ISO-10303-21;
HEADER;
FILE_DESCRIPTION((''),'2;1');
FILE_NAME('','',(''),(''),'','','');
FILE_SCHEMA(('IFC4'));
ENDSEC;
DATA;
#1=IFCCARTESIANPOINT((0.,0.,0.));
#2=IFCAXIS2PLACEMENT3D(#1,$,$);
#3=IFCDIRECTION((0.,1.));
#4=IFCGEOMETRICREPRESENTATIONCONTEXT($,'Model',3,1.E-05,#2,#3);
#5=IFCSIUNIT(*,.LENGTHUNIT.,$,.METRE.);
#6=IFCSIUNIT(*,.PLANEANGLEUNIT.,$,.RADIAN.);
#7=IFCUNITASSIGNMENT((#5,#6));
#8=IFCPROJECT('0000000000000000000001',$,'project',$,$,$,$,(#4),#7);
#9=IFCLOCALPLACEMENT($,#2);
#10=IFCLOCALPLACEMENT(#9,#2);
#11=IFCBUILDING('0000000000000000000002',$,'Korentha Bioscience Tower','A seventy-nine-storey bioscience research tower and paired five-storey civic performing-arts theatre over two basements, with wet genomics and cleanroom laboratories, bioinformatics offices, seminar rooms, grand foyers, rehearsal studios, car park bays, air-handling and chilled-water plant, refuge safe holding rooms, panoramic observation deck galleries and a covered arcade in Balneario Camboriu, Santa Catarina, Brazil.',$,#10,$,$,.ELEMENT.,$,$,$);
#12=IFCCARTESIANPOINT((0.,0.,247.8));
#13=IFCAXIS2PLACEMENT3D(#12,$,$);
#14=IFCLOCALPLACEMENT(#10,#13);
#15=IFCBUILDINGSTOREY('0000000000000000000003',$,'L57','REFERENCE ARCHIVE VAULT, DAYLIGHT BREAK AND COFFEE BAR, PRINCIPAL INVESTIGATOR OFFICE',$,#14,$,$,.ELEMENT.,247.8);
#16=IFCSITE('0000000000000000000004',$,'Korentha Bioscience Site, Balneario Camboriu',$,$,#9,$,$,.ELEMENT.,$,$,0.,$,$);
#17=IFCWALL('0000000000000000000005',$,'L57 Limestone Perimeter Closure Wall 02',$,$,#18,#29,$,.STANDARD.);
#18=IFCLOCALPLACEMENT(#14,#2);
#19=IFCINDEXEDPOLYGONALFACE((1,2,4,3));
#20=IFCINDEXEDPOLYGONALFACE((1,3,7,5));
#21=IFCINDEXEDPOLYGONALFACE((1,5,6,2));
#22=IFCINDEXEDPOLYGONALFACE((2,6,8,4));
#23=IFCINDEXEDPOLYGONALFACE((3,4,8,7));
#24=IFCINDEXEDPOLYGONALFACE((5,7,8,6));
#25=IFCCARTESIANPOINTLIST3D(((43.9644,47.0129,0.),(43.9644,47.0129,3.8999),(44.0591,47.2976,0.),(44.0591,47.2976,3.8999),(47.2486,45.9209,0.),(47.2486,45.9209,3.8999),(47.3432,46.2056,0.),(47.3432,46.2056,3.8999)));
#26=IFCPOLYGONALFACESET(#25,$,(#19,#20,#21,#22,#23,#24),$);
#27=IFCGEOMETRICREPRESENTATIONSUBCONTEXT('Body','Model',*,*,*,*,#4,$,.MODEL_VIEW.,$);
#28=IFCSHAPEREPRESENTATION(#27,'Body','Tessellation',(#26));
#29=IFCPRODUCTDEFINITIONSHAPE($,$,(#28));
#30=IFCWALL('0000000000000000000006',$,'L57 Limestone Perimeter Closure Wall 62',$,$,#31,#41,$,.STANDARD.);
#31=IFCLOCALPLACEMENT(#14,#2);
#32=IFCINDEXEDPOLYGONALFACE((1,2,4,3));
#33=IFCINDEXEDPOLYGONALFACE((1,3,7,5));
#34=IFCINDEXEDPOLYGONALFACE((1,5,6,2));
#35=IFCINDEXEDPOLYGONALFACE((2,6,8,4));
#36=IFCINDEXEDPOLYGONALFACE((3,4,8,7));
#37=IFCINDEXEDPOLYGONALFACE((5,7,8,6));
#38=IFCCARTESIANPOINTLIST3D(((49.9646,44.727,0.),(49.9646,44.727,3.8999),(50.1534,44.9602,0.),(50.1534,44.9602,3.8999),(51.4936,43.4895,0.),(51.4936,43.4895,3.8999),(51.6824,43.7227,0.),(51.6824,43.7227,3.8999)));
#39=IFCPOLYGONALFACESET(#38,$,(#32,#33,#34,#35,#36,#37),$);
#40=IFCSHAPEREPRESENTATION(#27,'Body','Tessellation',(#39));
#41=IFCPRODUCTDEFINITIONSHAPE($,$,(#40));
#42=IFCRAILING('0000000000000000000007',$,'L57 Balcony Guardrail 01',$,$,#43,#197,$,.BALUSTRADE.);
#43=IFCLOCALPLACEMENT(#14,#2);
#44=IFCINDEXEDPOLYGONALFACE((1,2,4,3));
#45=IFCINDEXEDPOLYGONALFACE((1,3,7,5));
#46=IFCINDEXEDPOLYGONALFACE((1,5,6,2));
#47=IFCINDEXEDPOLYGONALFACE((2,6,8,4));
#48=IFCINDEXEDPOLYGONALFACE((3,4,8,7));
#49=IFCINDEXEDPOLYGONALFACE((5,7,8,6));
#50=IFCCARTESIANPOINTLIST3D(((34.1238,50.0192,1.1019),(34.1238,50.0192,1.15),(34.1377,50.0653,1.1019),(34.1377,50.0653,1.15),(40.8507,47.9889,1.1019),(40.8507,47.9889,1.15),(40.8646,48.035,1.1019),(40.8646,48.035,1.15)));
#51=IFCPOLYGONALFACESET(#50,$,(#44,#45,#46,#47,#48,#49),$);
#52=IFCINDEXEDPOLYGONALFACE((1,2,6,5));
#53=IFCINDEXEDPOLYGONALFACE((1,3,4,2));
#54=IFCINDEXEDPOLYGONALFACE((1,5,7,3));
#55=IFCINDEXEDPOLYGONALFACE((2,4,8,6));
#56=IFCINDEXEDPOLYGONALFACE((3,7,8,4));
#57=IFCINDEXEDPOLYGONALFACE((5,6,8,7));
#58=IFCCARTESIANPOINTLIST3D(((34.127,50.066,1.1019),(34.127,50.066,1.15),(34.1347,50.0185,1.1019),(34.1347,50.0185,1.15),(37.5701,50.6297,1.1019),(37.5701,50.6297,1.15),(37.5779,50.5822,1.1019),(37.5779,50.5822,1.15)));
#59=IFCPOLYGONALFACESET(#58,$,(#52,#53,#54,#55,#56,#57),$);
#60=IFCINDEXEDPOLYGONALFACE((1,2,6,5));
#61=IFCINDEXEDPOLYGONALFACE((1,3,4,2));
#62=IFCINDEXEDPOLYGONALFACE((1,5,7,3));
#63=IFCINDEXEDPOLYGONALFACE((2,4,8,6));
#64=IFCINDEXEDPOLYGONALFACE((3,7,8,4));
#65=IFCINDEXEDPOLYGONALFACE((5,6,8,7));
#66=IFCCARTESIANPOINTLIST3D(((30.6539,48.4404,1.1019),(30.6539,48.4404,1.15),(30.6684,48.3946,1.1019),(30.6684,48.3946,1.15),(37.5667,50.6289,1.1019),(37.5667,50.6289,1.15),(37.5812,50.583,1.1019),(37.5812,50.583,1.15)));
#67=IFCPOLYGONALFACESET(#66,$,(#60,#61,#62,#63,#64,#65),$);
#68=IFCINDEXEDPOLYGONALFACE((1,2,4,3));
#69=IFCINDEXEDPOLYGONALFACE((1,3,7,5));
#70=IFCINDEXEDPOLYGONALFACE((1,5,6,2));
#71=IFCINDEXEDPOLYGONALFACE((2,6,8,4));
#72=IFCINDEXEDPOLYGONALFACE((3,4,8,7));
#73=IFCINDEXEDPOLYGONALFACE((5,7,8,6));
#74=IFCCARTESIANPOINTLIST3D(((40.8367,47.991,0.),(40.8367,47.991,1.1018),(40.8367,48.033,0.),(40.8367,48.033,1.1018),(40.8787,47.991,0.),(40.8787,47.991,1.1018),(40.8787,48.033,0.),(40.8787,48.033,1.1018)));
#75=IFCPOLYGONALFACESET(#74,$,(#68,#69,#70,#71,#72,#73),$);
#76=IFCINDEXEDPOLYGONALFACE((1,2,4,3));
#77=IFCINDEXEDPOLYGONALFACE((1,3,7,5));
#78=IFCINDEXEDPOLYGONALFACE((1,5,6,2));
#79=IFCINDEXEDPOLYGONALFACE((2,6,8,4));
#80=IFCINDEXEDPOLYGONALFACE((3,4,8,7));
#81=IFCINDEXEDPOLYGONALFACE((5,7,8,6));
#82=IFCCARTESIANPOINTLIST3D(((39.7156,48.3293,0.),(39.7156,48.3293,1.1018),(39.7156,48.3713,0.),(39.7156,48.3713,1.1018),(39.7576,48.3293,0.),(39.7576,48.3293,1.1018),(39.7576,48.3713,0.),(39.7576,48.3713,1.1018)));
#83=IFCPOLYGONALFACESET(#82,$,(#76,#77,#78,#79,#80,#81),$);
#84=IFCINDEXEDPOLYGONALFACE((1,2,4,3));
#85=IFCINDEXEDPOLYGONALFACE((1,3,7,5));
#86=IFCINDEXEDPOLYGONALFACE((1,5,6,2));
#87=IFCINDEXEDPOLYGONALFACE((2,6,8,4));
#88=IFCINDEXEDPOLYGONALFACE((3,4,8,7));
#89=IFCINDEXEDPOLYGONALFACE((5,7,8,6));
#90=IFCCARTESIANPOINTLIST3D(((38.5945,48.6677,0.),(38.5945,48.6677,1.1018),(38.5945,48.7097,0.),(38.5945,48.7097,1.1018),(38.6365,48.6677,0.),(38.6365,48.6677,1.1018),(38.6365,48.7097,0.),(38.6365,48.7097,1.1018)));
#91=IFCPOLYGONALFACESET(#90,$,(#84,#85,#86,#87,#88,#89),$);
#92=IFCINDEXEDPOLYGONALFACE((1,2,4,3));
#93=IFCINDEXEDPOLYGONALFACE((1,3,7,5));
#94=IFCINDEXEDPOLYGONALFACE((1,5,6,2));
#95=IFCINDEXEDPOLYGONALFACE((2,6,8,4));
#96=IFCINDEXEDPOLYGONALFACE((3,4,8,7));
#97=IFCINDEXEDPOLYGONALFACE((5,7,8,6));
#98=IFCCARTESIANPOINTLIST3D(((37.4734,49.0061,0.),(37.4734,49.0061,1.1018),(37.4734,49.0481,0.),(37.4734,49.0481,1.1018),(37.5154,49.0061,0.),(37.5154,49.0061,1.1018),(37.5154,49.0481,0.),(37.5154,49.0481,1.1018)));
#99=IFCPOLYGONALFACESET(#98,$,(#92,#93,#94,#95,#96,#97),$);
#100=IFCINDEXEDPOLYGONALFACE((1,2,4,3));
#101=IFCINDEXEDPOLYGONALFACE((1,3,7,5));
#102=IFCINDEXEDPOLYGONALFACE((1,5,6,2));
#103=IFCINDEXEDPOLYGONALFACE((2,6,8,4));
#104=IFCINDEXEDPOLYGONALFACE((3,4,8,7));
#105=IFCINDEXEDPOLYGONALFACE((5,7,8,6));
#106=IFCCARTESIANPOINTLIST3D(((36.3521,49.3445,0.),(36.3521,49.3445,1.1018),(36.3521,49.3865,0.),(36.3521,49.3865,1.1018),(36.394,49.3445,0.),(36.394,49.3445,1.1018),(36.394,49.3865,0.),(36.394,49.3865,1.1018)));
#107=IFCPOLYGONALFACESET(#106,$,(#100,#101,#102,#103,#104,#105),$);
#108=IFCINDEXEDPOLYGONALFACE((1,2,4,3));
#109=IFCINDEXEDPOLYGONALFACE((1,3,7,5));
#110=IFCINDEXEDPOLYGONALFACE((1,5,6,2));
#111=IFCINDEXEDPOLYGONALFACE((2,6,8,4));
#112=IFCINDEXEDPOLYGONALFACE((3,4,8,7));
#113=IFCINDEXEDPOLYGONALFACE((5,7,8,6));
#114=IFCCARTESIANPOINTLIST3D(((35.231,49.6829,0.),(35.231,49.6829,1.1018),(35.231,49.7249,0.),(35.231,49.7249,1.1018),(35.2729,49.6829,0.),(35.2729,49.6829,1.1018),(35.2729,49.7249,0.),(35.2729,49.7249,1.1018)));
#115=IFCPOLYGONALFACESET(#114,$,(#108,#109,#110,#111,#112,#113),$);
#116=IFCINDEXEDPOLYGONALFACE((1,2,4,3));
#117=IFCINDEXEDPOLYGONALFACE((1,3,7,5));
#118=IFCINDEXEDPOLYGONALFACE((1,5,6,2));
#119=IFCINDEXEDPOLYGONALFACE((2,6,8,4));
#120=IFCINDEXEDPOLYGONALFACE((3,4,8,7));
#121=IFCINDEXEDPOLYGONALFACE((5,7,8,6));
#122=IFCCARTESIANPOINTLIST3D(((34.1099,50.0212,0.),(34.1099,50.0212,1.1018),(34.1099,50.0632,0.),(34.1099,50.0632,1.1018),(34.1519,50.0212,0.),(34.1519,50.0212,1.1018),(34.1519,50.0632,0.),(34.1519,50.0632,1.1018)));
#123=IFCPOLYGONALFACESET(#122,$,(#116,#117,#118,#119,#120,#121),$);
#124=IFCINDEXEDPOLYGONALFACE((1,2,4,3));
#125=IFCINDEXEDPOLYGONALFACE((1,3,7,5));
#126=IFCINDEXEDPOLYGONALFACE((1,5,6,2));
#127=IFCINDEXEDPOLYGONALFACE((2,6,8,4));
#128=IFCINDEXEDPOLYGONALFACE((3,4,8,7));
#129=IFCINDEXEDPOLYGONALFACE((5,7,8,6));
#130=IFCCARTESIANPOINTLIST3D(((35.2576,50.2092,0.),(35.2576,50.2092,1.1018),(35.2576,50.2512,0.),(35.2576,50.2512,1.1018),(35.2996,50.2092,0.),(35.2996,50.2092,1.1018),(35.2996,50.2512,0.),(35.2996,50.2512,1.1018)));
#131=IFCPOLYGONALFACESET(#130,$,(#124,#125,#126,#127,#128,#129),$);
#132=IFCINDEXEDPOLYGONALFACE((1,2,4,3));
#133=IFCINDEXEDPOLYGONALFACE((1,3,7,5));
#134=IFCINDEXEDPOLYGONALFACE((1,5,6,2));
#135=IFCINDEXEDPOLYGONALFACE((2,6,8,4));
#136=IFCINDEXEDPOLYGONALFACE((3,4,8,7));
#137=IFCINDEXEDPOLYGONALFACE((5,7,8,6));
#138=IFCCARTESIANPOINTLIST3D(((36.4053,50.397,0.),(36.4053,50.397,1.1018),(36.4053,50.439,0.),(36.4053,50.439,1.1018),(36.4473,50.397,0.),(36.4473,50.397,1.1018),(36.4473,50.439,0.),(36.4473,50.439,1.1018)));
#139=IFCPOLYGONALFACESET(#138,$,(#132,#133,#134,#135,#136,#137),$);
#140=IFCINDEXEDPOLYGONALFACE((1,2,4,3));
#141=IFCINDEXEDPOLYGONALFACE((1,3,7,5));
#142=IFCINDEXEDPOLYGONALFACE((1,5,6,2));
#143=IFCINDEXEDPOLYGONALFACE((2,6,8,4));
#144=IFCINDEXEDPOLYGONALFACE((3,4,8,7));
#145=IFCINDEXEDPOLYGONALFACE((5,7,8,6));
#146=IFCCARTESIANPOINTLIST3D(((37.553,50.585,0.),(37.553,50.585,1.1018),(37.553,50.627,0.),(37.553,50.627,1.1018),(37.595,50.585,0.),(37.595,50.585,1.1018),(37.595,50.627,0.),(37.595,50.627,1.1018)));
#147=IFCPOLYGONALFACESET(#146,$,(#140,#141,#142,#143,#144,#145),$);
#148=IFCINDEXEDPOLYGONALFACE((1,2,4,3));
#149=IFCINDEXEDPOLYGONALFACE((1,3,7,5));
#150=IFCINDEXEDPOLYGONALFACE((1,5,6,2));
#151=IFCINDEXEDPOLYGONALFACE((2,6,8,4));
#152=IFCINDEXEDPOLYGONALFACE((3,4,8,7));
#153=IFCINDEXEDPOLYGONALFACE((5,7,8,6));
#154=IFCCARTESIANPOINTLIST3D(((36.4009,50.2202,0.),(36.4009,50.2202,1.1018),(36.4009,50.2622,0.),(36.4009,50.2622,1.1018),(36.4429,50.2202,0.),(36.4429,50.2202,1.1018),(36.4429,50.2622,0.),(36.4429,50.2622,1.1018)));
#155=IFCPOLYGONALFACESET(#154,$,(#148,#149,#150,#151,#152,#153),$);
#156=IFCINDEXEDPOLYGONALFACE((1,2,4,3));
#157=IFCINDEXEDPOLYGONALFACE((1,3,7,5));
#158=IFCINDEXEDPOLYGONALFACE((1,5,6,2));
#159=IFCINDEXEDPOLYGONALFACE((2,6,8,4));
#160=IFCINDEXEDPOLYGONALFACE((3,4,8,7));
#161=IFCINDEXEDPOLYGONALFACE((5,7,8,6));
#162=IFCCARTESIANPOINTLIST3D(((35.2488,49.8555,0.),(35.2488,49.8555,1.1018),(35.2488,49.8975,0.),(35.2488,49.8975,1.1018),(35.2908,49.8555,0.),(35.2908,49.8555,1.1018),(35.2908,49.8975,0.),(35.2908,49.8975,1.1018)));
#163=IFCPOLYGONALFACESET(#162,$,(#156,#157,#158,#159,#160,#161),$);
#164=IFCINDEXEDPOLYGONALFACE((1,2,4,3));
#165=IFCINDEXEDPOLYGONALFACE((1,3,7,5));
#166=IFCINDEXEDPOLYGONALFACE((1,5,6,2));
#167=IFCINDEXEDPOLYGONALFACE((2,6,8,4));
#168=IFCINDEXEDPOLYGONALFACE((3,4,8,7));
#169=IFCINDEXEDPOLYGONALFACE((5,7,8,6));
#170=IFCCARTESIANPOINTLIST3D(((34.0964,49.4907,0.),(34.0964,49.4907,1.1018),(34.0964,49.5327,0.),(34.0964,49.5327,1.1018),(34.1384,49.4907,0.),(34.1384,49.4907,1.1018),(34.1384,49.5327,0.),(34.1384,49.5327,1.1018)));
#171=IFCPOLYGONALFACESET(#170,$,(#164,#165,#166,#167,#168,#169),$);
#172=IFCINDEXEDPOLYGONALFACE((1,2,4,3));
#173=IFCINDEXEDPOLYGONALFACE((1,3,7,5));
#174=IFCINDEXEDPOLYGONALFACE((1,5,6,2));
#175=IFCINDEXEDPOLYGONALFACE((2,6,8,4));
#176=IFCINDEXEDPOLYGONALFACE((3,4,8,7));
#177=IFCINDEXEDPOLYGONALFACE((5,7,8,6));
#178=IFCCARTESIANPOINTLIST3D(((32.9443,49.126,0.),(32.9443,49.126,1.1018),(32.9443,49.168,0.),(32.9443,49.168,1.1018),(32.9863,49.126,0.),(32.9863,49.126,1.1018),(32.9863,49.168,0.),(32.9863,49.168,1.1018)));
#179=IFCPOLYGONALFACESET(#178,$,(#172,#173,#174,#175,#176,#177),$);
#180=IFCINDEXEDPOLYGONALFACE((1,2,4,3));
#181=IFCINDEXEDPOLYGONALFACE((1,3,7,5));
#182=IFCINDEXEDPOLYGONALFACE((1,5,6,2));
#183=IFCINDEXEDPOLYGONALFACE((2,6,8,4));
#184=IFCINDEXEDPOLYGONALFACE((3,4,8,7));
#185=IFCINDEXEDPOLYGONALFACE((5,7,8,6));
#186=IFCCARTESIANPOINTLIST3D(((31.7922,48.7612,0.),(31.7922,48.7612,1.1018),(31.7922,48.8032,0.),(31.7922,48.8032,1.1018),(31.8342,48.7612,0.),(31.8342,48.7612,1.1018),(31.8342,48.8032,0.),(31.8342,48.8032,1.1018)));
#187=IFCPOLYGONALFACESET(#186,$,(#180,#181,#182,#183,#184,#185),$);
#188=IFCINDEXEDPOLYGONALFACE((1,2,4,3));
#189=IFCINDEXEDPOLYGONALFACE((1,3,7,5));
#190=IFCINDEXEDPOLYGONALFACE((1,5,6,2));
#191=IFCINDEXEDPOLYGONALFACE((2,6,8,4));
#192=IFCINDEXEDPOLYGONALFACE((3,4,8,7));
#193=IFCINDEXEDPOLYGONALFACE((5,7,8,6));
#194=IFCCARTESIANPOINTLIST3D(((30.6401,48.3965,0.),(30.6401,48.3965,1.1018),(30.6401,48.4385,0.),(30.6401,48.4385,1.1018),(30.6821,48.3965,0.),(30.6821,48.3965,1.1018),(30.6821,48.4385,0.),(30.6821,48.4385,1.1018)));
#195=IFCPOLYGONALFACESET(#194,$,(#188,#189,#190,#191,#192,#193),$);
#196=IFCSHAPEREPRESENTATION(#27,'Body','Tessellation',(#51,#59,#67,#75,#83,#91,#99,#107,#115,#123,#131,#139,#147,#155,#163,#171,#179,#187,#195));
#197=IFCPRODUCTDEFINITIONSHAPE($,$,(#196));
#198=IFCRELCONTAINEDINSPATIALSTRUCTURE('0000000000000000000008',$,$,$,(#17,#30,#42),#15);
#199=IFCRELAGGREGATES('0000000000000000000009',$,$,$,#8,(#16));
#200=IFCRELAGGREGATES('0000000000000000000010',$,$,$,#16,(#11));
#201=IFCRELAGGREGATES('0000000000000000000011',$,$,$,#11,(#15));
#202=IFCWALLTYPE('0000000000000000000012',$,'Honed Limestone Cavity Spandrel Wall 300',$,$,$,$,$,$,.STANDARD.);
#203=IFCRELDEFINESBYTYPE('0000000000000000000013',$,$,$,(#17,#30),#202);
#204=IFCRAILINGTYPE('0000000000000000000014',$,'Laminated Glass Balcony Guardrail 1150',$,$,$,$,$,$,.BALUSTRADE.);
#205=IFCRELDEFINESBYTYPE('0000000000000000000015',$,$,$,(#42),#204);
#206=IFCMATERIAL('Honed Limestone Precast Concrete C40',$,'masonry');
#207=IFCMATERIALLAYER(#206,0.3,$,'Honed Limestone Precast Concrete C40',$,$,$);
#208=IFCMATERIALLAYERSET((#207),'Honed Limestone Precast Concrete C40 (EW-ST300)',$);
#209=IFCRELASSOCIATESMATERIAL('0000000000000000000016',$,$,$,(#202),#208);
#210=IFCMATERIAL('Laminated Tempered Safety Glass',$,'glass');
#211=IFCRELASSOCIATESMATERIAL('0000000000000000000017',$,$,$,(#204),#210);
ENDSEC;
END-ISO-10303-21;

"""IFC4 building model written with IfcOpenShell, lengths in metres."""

from ifc_helpers import new_model, si_unit, direction, frame, frame_2d, origin, origin_2d, place, context, subcontext, project, spatial, rectangle, extrude, material, layer, layer_set, type_object, element, save


model = new_model("IFC4")

# Units and contexts
model_context = context("Model", 3, precision=1e-05, world=origin(), true_north=direction((0.0, 1.0)))
body_context = subcontext(model_context, "Body", "Model", "MODEL_VIEW")
ifc_project = project(units=[si_unit("LENGTHUNIT", "METRE"), si_unit("PLANEANGLEUNIT", "RADIAN")], contexts=[model_context])

# Site, building, storey
site_placement = place(None, origin())
site = spatial("IfcSite", under=ifc_project, at=site_placement, Name="Korentha Bioscience Site, Balneario Camboriu", CompositionType="ELEMENT", RefElevation=0.0)
building_placement = place(site_placement, origin())
building = spatial("IfcBuilding", under=site, at=building_placement, Name="Korentha Bioscience Tower", Description="A seventy-nine-storey bioscience research tower and paired five-storey civic performing-arts theatre over two basements, with wet genomics and cleanroom laboratories, bioinformatics offices, seminar rooms, grand foyers, rehearsal studios, car park bays, air-handling and chilled-water plant, refuge safe holding rooms, panoramic observation deck galleries and a covered arcade in Balneario Camboriu, Santa Catarina, Brazil.", CompositionType="ELEMENT")
storey_placement = place(building_placement, frame((0.0, 0.0, 247.8)))
storey = spatial("IfcBuildingStorey", under=building, at=storey_placement, Name="L57", Description="REFERENCE ARCHIVE VAULT, DAYLIGHT BREAK AND COFFEE BAR, PRINCIPAL INVESTIGATOR OFFICE", CompositionType="ELEMENT", Elevation=247.8)

# Shared definitions
ifc_material_1 = material(Name="Honed Limestone Precast Concrete C40", Category="masonry")
ifc_layer_1 = layer(ifc_material_1, 0.3, Name="Honed Limestone Precast Concrete C40")
ifc_layer_set_1 = layer_set([ifc_layer_1], Name="Honed Limestone Precast Concrete C40 (EW-ST300)")
wall_type = type_object("IfcWallType", Name="Honed Limestone Cavity Spandrel Wall 300", PredefinedType="STANDARD", material=ifc_layer_set_1)

# Walls
wall_1_placement = place(storey_placement, frame((47.2959, 46.0632, 0.0), z_axis=(0.0, 0.0, 1.0), x_axis=(-0.948916, 0.315529, 0.0)))
element("IfcWall", 1, at=wall_1_placement, inside=storey, type_object=wall_type, Name="L57 Limestone Perimeter Closure Wall 02", PredefinedType="STANDARD", context=body_context, shape_type="SweptSolid", body=[
    extrude(rectangle(XDim=3.4609, YDim=0.3, at=frame_2d((1.7305, 0.0))), origin(), (0.0, 0.0, 1.0), 3.8999),
])
wall_2_placement = place(storey_placement, frame((51.5879, 43.6062, 0.0), z_axis=(0.0, 0.0, 1.0), x_axis=(-0.777308, 0.62912, 0.0)))
element("IfcWall", 2, at=wall_2_placement, inside=storey, type_object=wall_type, Name="L57 Limestone Perimeter Closure Wall 62", PredefinedType="STANDARD", context=body_context, shape_type="SweptSolid", body=[
    extrude(rectangle(XDim=1.967, YDim=0.3, at=frame_2d((0.9834, 0.0))), origin(), (0.0, 0.0, 1.0), 3.8999),
])

# Railing
ifc_material_2 = material(Name="Laminated Tempered Safety Glass", Category="glass")
railing_type = type_object("IfcRailingType", Name="Laminated Glass Balcony Guardrail 1150", PredefinedType="BALUSTRADE", material=ifc_material_2)
railing_placement = place(storey_placement, frame((40.8577, 48.012, 0.0)))
element("IfcRailing", 3, at=railing_placement, inside=storey, type_object=railing_type, Name="L57 Balcony Guardrail 01", PredefinedType="BALUSTRADE", context=body_context, shape_type="SweptSolid", body=[
    extrude(rectangle(XDim=0.0481, YDim=0.0481, at=origin_2d()), frame((0.0, 0.0, 1.126), z_axis=(-0.957346, 0.288945, 0.0), x_axis=(-0.288945, -0.957346, 0.0)), (0.0, 0.0, 1.0), 7.0266),
    extrude(rectangle(XDim=0.0481, YDim=0.0481, at=origin_2d()), frame((-6.7268, 2.0303, 1.126), z_axis=(0.986861, 0.161573, 0.0), x_axis=(-0.161573, 0.986861, 0.0)), (0.0, 0.0, 1.0), 3.489),
    extrude(rectangle(XDim=0.0481, YDim=0.0481, at=origin_2d()), frame((-3.2837, 2.594, 1.126), z_axis=(-0.953366, -0.301818, 0.0), x_axis=(0.301818, -0.953366, 0.0)), (0.0, 0.0, 1.0), 7.251),
    extrude(rectangle(XDim=0.042, YDim=0.042, at=origin_2d()), origin(), (0.0, 0.0, 1.0), 1.1018),
    extrude(rectangle(XDim=0.042, YDim=0.042, at=origin_2d()), frame((-1.1211, 0.3384, 0.0)), (0.0, 0.0, 1.0), 1.1018),
    extrude(rectangle(XDim=0.042, YDim=0.042, at=origin_2d()), frame((-2.2422, 0.6768, 0.0)), (0.0, 0.0, 1.0), 1.1018),
    extrude(rectangle(XDim=0.042, YDim=0.042, at=origin_2d()), frame((-3.3633, 1.0151, 0.0)), (0.0, 0.0, 1.0), 1.1018),
    extrude(rectangle(XDim=0.042, YDim=0.042, at=origin_2d()), frame((-4.4846, 1.3535, 0.0)), (0.0, 0.0, 1.0), 1.1018),
    extrude(rectangle(XDim=0.042, YDim=0.042, at=origin_2d()), frame((-5.6057, 1.6919, 0.0)), (0.0, 0.0, 1.0), 1.1018),
    extrude(rectangle(XDim=0.042, YDim=0.042, at=origin_2d()), frame((-6.7268, 2.0303, 0.0)), (0.0, 0.0, 1.0), 1.1018),
    extrude(rectangle(XDim=0.042, YDim=0.042, at=origin_2d()), frame((-5.5791, 2.2183, 0.0)), (0.0, 0.0, 1.0), 1.1018),
    extrude(rectangle(XDim=0.042, YDim=0.042, at=origin_2d()), frame((-4.4314, 2.406, 0.0)), (0.0, 0.0, 1.0), 1.1018),
    extrude(rectangle(XDim=0.042, YDim=0.042, at=origin_2d()), frame((-3.2837, 2.594, 0.0)), (0.0, 0.0, 1.0), 1.1018),
    extrude(rectangle(XDim=0.042, YDim=0.042, at=origin_2d()), frame((-4.4358, 2.2292, 0.0)), (0.0, 0.0, 1.0), 1.1018),
    extrude(rectangle(XDim=0.042, YDim=0.042, at=origin_2d()), frame((-5.5879, 1.8645, 0.0)), (0.0, 0.0, 1.0), 1.1018),
    extrude(rectangle(XDim=0.042, YDim=0.042, at=origin_2d()), frame((-6.7402, 1.4998, 0.0)), (0.0, 0.0, 1.0), 1.1018),
    extrude(rectangle(XDim=0.042, YDim=0.042, at=origin_2d()), frame((-7.8923, 1.135, 0.0)), (0.0, 0.0, 1.0), 1.1018),
    extrude(rectangle(XDim=0.042, YDim=0.042, at=origin_2d()), frame((-9.0444, 0.7703, 0.0)), (0.0, 0.0, 1.0), 1.1018),
    extrude(rectangle(XDim=0.042, YDim=0.042, at=origin_2d()), frame((-10.1965, 0.4055, 0.0)), (0.0, 0.0, 1.0), 1.1018),
])

save(model, "model.ifc")
